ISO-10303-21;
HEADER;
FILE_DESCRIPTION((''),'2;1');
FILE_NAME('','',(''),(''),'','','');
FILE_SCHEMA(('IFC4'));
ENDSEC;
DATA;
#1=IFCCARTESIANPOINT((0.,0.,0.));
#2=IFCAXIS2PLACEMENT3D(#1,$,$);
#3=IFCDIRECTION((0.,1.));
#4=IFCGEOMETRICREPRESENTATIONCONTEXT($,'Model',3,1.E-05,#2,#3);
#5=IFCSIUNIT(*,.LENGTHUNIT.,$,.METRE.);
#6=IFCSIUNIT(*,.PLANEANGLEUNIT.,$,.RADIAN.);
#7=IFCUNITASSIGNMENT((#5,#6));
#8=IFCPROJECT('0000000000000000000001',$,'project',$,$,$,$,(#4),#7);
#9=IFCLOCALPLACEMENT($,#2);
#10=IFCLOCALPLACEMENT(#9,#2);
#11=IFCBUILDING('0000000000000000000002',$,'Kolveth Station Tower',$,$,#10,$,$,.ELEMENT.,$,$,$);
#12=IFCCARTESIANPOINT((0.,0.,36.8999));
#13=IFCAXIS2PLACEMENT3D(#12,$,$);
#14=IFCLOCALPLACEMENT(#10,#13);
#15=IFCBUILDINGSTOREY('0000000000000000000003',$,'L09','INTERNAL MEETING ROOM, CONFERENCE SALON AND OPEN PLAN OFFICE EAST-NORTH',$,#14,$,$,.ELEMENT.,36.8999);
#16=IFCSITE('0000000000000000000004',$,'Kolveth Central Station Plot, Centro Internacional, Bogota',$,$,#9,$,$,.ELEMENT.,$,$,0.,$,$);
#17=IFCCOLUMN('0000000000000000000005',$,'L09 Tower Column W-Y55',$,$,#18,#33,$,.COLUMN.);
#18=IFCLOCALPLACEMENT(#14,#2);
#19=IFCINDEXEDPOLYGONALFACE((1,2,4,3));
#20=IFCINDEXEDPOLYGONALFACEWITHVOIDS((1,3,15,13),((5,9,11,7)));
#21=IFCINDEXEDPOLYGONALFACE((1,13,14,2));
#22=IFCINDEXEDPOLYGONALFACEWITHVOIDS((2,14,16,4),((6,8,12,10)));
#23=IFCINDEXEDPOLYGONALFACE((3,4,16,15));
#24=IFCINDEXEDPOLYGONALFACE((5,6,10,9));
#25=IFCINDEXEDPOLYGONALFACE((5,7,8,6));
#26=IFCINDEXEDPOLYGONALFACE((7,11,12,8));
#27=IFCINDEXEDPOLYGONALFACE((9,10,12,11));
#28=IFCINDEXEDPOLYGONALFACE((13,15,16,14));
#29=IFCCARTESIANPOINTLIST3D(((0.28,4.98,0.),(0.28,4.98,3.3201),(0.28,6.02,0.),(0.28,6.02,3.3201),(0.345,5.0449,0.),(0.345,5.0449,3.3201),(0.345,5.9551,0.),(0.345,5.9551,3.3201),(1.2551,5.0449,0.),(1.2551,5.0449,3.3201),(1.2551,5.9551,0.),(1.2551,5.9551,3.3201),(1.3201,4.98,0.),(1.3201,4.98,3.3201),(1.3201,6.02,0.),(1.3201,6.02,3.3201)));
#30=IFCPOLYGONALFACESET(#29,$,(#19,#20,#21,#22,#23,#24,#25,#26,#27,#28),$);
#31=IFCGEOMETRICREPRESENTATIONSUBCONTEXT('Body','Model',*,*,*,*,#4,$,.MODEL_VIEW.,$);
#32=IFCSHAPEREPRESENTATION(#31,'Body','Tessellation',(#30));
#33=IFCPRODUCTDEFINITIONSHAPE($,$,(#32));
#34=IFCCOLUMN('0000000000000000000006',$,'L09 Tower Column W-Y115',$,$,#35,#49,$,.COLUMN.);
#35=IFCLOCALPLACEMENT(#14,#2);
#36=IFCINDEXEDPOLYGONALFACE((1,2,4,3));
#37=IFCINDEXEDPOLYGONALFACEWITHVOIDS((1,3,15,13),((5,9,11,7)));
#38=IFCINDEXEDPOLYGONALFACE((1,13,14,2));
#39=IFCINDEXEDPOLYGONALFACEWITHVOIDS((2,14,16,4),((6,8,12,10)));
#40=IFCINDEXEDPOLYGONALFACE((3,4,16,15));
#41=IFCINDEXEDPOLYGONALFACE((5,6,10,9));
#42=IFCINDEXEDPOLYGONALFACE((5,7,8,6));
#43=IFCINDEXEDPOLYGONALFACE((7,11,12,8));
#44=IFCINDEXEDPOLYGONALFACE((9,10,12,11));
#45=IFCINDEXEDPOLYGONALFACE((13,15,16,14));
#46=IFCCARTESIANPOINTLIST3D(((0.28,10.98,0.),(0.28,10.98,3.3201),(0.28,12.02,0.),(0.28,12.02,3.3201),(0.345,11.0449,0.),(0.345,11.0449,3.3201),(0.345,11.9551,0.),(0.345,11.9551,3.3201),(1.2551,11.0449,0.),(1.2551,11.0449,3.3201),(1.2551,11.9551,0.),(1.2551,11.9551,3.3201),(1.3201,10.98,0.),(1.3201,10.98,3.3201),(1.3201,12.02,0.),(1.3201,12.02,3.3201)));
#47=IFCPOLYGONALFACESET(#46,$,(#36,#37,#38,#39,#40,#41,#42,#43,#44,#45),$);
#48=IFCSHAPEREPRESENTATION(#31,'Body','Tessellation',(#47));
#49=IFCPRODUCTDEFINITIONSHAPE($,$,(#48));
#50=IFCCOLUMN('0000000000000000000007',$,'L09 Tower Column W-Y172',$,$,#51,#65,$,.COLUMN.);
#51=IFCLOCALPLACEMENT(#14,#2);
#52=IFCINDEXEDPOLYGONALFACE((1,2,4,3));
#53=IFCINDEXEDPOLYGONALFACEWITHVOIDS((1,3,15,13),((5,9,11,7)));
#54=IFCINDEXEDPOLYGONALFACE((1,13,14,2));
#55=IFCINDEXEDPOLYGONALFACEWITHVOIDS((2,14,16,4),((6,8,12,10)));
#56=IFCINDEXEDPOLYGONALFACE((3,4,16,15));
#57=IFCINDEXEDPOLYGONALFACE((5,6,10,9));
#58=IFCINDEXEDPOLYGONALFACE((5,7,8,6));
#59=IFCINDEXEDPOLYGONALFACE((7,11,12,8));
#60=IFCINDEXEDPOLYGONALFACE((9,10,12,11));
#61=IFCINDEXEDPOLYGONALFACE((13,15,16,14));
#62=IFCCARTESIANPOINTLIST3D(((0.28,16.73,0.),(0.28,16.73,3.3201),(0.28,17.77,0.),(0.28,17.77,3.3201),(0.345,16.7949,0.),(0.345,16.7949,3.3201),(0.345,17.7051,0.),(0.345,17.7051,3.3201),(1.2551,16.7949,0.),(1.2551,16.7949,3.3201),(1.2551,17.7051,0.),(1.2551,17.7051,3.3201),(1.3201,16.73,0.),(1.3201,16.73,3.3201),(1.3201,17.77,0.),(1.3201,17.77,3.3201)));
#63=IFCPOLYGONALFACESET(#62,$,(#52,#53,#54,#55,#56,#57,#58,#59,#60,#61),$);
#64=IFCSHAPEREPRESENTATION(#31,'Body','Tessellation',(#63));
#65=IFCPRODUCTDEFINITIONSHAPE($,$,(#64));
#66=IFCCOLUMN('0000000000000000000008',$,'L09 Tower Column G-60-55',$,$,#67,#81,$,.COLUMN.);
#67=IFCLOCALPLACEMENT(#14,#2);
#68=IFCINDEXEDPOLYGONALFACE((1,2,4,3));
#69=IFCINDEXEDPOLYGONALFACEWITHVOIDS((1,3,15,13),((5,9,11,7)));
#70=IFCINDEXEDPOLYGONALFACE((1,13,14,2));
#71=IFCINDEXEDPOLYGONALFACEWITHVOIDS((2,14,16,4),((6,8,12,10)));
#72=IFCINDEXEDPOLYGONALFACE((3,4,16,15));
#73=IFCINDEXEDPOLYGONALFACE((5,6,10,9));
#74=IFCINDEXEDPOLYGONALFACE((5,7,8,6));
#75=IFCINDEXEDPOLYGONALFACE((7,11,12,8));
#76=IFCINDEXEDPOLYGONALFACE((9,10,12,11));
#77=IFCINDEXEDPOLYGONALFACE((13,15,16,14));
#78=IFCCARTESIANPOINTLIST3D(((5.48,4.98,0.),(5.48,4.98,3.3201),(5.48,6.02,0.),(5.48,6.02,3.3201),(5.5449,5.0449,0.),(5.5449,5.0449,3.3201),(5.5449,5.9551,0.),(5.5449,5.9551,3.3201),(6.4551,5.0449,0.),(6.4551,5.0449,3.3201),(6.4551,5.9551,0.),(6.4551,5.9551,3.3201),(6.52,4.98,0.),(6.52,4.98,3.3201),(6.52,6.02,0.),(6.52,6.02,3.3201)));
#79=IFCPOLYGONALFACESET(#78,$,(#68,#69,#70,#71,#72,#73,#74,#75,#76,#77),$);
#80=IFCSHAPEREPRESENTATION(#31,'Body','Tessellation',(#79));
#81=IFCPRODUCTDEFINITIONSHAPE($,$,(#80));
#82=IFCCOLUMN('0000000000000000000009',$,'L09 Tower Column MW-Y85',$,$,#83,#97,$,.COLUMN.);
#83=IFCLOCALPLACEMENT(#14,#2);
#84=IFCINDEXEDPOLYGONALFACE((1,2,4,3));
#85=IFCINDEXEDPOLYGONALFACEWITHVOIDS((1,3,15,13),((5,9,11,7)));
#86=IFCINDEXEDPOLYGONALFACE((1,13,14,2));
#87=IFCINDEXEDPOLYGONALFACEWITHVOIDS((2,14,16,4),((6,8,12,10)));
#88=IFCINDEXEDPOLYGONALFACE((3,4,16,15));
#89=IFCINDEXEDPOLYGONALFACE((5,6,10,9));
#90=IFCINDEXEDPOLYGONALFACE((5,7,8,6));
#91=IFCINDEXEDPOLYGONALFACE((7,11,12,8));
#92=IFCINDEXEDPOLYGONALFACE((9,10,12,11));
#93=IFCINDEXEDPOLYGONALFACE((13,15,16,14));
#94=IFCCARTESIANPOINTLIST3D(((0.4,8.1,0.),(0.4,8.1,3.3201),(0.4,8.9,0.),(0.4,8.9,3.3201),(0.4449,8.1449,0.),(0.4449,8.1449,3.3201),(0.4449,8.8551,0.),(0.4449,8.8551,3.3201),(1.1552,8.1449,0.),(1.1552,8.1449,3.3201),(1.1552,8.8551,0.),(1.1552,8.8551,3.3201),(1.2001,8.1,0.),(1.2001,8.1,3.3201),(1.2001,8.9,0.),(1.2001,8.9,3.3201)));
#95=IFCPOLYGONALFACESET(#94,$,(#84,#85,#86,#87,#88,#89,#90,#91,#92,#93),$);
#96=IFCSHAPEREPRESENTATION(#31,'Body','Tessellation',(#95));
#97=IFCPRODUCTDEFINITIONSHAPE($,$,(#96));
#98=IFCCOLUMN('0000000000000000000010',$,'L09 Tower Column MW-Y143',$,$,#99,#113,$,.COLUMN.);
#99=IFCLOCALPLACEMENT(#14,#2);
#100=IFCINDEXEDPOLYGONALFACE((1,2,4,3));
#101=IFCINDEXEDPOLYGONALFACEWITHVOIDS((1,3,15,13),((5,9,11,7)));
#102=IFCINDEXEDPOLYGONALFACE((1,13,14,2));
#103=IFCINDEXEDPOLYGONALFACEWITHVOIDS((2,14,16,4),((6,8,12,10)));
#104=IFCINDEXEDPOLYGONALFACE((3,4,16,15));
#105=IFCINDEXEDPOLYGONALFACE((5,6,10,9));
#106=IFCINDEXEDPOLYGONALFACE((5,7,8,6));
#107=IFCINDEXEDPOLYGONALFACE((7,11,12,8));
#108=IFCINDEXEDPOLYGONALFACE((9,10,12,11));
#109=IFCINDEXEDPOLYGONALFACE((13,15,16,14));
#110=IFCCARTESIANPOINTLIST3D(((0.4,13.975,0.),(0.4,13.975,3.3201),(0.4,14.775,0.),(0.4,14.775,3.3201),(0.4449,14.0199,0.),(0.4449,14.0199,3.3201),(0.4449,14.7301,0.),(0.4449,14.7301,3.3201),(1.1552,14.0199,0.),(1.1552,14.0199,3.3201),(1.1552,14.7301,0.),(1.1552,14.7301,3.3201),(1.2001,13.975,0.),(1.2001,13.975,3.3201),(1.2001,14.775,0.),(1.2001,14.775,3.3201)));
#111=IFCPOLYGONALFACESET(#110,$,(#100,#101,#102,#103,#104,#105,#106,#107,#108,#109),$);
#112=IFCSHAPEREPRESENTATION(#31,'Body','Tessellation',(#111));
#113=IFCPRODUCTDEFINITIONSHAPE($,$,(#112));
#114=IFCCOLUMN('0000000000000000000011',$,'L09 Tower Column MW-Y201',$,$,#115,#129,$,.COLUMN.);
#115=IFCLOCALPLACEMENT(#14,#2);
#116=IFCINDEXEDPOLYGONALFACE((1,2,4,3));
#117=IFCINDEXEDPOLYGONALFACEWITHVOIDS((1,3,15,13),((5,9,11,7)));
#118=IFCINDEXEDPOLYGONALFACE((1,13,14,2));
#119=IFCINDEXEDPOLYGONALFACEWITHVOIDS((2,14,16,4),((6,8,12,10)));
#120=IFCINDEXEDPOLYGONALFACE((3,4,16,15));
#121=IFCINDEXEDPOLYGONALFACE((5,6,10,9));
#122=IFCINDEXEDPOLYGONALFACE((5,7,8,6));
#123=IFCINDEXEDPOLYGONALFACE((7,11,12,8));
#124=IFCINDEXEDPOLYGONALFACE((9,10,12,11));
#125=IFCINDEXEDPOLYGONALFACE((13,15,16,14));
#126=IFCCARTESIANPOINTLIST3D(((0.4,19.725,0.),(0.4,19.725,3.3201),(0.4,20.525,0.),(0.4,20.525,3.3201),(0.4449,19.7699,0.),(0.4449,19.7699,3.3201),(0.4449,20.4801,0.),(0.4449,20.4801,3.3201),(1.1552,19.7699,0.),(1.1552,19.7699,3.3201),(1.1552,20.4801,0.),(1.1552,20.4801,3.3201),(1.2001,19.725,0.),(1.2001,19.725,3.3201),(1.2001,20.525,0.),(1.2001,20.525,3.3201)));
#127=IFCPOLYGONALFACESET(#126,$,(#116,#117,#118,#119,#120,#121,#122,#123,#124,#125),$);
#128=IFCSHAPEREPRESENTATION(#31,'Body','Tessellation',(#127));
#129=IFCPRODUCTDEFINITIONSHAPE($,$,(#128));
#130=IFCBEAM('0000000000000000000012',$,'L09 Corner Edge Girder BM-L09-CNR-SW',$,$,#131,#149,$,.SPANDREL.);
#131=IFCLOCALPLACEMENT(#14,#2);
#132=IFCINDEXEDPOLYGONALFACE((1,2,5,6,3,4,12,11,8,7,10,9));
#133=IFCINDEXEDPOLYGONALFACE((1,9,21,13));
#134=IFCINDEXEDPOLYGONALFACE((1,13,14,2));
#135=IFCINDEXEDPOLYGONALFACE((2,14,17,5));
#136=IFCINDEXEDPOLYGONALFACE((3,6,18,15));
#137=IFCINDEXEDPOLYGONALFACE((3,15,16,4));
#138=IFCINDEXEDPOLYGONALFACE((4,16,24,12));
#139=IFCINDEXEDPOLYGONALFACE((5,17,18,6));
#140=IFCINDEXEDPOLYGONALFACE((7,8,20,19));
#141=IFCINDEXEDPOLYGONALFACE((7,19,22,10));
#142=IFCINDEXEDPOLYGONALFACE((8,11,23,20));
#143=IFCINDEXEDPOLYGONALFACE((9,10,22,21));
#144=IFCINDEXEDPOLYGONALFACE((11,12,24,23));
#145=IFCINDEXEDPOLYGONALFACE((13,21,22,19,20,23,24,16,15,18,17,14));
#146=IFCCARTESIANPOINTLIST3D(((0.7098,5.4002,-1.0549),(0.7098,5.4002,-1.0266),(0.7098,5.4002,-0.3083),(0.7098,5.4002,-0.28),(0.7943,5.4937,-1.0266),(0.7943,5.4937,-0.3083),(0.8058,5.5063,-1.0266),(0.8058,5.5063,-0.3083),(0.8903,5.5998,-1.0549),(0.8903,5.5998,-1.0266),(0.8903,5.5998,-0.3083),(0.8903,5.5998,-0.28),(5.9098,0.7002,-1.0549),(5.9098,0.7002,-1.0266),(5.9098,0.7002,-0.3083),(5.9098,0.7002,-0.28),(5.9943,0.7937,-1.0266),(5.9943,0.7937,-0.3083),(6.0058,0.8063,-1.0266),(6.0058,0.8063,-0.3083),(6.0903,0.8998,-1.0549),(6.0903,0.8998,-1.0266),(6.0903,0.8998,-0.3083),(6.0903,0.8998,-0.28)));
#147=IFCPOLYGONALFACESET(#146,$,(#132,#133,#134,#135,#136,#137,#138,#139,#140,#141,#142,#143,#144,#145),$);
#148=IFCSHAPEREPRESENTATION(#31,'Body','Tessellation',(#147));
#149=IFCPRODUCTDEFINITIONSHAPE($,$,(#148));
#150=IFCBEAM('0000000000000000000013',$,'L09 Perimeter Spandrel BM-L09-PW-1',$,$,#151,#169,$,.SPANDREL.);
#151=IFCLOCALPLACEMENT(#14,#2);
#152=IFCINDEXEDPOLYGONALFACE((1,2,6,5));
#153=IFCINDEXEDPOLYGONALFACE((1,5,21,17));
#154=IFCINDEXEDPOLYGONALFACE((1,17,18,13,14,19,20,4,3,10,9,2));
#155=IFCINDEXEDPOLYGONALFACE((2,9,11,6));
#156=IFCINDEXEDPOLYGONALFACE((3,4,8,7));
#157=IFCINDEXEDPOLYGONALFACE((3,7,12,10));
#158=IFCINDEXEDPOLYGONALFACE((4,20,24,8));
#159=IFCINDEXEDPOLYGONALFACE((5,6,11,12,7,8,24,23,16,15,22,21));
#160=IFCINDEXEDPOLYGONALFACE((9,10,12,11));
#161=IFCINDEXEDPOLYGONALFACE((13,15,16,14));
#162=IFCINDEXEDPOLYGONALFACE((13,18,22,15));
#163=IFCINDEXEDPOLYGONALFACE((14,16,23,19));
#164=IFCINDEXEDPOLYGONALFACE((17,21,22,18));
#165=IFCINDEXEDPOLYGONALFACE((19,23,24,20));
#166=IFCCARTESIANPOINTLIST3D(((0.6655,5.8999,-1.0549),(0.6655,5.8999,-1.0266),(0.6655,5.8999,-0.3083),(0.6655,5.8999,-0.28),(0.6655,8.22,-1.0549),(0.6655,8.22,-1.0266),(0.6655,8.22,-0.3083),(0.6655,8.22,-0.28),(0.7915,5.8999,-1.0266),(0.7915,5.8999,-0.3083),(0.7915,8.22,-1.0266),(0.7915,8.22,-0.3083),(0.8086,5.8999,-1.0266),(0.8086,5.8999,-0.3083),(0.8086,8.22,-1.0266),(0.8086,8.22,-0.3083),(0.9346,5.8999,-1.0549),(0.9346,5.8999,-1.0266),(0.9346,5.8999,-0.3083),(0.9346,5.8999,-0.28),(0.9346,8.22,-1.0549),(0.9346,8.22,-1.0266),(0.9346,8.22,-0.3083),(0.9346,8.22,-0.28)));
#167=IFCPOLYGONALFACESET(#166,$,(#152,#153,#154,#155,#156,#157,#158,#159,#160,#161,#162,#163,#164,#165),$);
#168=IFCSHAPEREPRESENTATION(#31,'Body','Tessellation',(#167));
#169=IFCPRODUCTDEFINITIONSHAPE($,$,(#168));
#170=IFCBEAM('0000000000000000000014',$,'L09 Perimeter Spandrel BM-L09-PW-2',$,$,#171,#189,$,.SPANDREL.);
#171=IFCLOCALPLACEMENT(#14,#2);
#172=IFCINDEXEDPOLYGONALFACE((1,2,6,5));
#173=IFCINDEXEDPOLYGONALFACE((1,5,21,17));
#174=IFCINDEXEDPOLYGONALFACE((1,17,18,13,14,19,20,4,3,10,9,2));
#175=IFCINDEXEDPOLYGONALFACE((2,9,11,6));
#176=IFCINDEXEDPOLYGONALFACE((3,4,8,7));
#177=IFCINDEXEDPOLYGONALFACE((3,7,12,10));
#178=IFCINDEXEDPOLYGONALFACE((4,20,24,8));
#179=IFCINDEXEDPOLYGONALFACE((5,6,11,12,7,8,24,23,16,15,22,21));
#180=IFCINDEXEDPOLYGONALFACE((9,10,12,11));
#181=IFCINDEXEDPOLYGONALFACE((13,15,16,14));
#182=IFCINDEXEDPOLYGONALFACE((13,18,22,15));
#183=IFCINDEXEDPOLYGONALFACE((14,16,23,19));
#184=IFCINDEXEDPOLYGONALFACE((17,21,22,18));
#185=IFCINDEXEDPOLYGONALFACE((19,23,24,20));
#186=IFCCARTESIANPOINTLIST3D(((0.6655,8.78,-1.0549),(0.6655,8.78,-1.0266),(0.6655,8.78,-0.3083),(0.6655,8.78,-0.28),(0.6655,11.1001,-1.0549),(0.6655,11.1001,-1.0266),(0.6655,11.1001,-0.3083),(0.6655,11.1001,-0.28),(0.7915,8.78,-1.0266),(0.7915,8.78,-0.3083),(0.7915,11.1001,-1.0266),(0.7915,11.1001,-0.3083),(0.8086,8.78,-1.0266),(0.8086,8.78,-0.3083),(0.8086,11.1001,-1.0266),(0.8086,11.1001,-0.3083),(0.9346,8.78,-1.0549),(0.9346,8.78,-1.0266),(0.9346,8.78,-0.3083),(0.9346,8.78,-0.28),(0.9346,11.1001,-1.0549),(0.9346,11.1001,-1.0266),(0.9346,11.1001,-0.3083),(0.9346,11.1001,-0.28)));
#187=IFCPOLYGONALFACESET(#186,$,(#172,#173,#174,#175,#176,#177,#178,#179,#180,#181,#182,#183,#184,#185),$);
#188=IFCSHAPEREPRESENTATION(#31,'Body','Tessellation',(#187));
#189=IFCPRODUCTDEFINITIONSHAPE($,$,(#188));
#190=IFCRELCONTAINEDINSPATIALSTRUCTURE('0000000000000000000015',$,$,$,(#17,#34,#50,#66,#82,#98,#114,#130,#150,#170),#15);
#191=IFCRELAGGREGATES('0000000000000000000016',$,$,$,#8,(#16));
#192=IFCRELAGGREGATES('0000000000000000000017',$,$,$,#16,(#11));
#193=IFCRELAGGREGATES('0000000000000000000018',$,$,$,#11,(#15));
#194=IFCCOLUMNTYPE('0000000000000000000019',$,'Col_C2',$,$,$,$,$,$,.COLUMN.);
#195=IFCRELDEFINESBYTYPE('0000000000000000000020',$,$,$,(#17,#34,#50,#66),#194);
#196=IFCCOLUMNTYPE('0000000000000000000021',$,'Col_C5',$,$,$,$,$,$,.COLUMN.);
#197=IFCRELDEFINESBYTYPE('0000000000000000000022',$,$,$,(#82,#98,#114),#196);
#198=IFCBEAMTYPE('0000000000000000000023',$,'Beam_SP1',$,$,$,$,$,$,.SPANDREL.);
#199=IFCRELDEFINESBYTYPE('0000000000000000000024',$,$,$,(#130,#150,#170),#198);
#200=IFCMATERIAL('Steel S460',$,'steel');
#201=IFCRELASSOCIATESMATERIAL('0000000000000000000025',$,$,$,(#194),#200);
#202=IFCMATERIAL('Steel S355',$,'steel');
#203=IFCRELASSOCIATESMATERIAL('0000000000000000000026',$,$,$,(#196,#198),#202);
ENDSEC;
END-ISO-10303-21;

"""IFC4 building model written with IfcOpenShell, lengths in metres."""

from ifc_helpers import new_model, si_unit, direction, frame, origin, origin_2d, place, context, subcontext, project, spatial, hollow_rectangle, i_section, extrude, source, transform, mapped, material, material_profile, profile_set, type_object, element, save


model = new_model("IFC4")

# Units and contexts
model_context = context("Model", 3, precision=1e-05, world=origin(), true_north=direction((0.0, 1.0)))
body_context = subcontext(model_context, "Body", "Model", "MODEL_VIEW")
ifc_project = project(units=[si_unit("LENGTHUNIT", "METRE"), si_unit("PLANEANGLEUNIT", "RADIAN")], contexts=[model_context])

# Site, building, storey
site_placement = place(None, origin())
site = spatial("IfcSite", under=ifc_project, at=site_placement, Name="Kolveth Central Station Plot, Centro Internacional, Bogota", CompositionType="ELEMENT", RefElevation=0.0)
building_placement = place(site_placement, origin())
building = spatial("IfcBuilding", under=site, at=building_placement, Name="Kolveth Station Tower", CompositionType="ELEMENT")
storey_placement = place(building_placement, frame((0.0, 0.0, 36.8999)))
storey = spatial("IfcBuildingStorey", under=building, at=storey_placement, Name="L09", Description="INTERNAL MEETING ROOM, CONFERENCE SALON AND OPEN PLAN OFFICE EAST-NORTH", CompositionType="ELEMENT", Elevation=36.8999)

# Columns
ifc_material_1 = material(Name="Steel S460", Category="steel")
ifc_material_profile_1 = material_profile(ifc_material_1, hollow_rectangle(XDim=1.04, YDim=1.04, WallThickness=0.0649, at=origin_2d()), Name="BOX1040x1040x65")
ifc_profile_set_1 = profile_set([ifc_material_profile_1], Name="Steel S460")
column_type_1 = type_object("IfcColumnType", Name="Col_C2", PredefinedType="COLUMN", material=ifc_profile_set_1)
shared_shape_1 = source(origin(), body_context, "Body", "SweptSolid", [
    extrude(hollow_rectangle(XDim=1.04, YDim=1.04, WallThickness=0.0649, at=origin_2d()), origin(), (0.0, 0.0, 1.0), 3.3201),
])
for number, where, z_axis, x_axis, name in (
    (1, (0.8, 5.5, 0.0), (0.0, 0.0, 1.0), (1.0, 0.0, 0.0), "L09 Tower Column W-Y55"),
    (2, (0.8, 11.5, 0.0), (0.0, 0.0, 1.0), (1.0, 0.0, 0.0), "L09 Tower Column W-Y115"),
    (3, (0.8, 17.25, 0.0), (0.0, 0.0, 1.0), (1.0, 0.0, 0.0), "L09 Tower Column W-Y172"),
    (4, (6.0, 5.5, 0.0), (0.0, 0.0, 1.0), (1.0, 0.0, 0.0), "L09 Tower Column G-60-55"),
):
    element("IfcColumn", number, at=place(storey_placement, frame(where, z_axis=z_axis, x_axis=x_axis)), inside=storey, type_object=column_type_1, Name=name, PredefinedType="COLUMN", context=body_context, shape_type="MappedRepresentation", body=[
        mapped(shared_shape_1, transform((0.0, 0.0, 0.0), x_axis=(1.0, 0.0, 0.0), y_axis=(0.0, 1.0, 0.0), z_axis=(0.0, 0.0, 1.0), scale=1.0)),
    ])
ifc_material_2 = material(Name="Steel S355", Category="steel")
ifc_material_profile_2 = material_profile(ifc_material_2, hollow_rectangle(XDim=0.8, YDim=0.8, WallThickness=0.0449, at=origin_2d()), Name="BOX800x800x45")
ifc_profile_set_2 = profile_set([ifc_material_profile_2], Name="Steel S355")
column_type_2 = type_object("IfcColumnType", Name="Col_C5", PredefinedType="COLUMN", material=ifc_profile_set_2)
shared_shape_2 = source(origin(), body_context, "Body", "SweptSolid", [
    extrude(hollow_rectangle(XDim=0.8, YDim=0.8, WallThickness=0.0449, at=origin_2d()), origin(), (0.0, 0.0, 1.0), 3.3201),
])
for number, where, z_axis, x_axis, name in (
    (5, (0.8, 8.5, 0.0), (0.0, 0.0, 1.0), (1.0, 0.0, 0.0), "L09 Tower Column MW-Y85"),
    (6, (0.8, 14.375, 0.0), (0.0, 0.0, 1.0), (1.0, 0.0, 0.0), "L09 Tower Column MW-Y143"),
    (7, (0.8, 20.125, 0.0), (0.0, 0.0, 1.0), (1.0, 0.0, 0.0), "L09 Tower Column MW-Y201"),
):
    element("IfcColumn", number, at=place(storey_placement, frame(where, z_axis=z_axis, x_axis=x_axis)), inside=storey, type_object=column_type_2, Name=name, PredefinedType="COLUMN", context=body_context, shape_type="MappedRepresentation", body=[
        mapped(shared_shape_2, transform((0.0, 0.0, 0.0), x_axis=(1.0, 0.0, 0.0), y_axis=(0.0, 1.0, 0.0), z_axis=(0.0, 0.0, 1.0), scale=1.0)),
    ])

# Beams
ifc_material_profile_3 = material_profile(ifc_material_2, i_section(OverallWidth=0.269, OverallDepth=0.7749, WebThickness=0.0171, FlangeThickness=0.0283, at=origin_2d()), Name="W760x220")
ifc_profile_set_3 = profile_set([ifc_material_profile_3], Name="Steel S355")
beam_type_1 = type_object("IfcBeamType", Name="Beam_SP1", PredefinedType="SPANDREL", material=ifc_profile_set_3)
shared_shape_3 = source(origin(), body_context, "Body", "SweptSolid", [
    extrude(i_section(OverallWidth=0.269, OverallDepth=0.7749, WebThickness=0.0171, FlangeThickness=0.0283, at=origin_2d()), origin(), (0.0, 0.0, 1.0), 7.0093),
])
beam_1_placement = place(storey_placement, frame((0.8, 5.5, -0.6675), z_axis=(0.741874, -0.670539, 0.0), x_axis=(0.670539, 0.741874, 0.0)))
element("IfcBeam", 8, at=beam_1_placement, inside=storey, type_object=beam_type_1, Name="L09 Corner Edge Girder BM-L09-CNR-SW", PredefinedType="SPANDREL", context=body_context, shape_type="MappedRepresentation", body=[
    mapped(shared_shape_3, transform((0.0, 0.0, 0.0), x_axis=(1.0, 0.0, 0.0), y_axis=(0.0, 1.0, 0.0), z_axis=(0.0, 0.0, 1.0), scale=1.0)),
])
shared_shape_4 = source(origin(), body_context, "Body", "SweptSolid", [
    extrude(i_section(OverallWidth=0.269, OverallDepth=0.7749, WebThickness=0.0171, FlangeThickness=0.0283, at=origin_2d()), origin(), (0.0, 0.0, 1.0), 2.3201),
])
for number, where, z_axis, x_axis, name in (
    (9, (0.8, 5.8999, -0.6675), (0.0, 1.0, 0.0), (-1.0, 0.0, 0.0), "L09 Perimeter Spandrel BM-L09-PW-1"),
    (10, (0.8, 8.78, -0.6675), (0.0, 1.0, 0.0), (-1.0, 0.0, 0.0), "L09 Perimeter Spandrel BM-L09-PW-2"),
):
    element("IfcBeam", number, at=place(storey_placement, frame(where, z_axis=z_axis, x_axis=x_axis)), inside=storey, type_object=beam_type_1, Name=name, PredefinedType="SPANDREL", context=body_context, shape_type="MappedRepresentation", body=[
        mapped(shared_shape_4, transform((0.0, 0.0, 0.0), x_axis=(1.0, 0.0, 0.0), y_axis=(0.0, 1.0, 0.0), z_axis=(0.0, 0.0, 1.0), scale=1.0)),
    ])

save(model, "model.ifc")
